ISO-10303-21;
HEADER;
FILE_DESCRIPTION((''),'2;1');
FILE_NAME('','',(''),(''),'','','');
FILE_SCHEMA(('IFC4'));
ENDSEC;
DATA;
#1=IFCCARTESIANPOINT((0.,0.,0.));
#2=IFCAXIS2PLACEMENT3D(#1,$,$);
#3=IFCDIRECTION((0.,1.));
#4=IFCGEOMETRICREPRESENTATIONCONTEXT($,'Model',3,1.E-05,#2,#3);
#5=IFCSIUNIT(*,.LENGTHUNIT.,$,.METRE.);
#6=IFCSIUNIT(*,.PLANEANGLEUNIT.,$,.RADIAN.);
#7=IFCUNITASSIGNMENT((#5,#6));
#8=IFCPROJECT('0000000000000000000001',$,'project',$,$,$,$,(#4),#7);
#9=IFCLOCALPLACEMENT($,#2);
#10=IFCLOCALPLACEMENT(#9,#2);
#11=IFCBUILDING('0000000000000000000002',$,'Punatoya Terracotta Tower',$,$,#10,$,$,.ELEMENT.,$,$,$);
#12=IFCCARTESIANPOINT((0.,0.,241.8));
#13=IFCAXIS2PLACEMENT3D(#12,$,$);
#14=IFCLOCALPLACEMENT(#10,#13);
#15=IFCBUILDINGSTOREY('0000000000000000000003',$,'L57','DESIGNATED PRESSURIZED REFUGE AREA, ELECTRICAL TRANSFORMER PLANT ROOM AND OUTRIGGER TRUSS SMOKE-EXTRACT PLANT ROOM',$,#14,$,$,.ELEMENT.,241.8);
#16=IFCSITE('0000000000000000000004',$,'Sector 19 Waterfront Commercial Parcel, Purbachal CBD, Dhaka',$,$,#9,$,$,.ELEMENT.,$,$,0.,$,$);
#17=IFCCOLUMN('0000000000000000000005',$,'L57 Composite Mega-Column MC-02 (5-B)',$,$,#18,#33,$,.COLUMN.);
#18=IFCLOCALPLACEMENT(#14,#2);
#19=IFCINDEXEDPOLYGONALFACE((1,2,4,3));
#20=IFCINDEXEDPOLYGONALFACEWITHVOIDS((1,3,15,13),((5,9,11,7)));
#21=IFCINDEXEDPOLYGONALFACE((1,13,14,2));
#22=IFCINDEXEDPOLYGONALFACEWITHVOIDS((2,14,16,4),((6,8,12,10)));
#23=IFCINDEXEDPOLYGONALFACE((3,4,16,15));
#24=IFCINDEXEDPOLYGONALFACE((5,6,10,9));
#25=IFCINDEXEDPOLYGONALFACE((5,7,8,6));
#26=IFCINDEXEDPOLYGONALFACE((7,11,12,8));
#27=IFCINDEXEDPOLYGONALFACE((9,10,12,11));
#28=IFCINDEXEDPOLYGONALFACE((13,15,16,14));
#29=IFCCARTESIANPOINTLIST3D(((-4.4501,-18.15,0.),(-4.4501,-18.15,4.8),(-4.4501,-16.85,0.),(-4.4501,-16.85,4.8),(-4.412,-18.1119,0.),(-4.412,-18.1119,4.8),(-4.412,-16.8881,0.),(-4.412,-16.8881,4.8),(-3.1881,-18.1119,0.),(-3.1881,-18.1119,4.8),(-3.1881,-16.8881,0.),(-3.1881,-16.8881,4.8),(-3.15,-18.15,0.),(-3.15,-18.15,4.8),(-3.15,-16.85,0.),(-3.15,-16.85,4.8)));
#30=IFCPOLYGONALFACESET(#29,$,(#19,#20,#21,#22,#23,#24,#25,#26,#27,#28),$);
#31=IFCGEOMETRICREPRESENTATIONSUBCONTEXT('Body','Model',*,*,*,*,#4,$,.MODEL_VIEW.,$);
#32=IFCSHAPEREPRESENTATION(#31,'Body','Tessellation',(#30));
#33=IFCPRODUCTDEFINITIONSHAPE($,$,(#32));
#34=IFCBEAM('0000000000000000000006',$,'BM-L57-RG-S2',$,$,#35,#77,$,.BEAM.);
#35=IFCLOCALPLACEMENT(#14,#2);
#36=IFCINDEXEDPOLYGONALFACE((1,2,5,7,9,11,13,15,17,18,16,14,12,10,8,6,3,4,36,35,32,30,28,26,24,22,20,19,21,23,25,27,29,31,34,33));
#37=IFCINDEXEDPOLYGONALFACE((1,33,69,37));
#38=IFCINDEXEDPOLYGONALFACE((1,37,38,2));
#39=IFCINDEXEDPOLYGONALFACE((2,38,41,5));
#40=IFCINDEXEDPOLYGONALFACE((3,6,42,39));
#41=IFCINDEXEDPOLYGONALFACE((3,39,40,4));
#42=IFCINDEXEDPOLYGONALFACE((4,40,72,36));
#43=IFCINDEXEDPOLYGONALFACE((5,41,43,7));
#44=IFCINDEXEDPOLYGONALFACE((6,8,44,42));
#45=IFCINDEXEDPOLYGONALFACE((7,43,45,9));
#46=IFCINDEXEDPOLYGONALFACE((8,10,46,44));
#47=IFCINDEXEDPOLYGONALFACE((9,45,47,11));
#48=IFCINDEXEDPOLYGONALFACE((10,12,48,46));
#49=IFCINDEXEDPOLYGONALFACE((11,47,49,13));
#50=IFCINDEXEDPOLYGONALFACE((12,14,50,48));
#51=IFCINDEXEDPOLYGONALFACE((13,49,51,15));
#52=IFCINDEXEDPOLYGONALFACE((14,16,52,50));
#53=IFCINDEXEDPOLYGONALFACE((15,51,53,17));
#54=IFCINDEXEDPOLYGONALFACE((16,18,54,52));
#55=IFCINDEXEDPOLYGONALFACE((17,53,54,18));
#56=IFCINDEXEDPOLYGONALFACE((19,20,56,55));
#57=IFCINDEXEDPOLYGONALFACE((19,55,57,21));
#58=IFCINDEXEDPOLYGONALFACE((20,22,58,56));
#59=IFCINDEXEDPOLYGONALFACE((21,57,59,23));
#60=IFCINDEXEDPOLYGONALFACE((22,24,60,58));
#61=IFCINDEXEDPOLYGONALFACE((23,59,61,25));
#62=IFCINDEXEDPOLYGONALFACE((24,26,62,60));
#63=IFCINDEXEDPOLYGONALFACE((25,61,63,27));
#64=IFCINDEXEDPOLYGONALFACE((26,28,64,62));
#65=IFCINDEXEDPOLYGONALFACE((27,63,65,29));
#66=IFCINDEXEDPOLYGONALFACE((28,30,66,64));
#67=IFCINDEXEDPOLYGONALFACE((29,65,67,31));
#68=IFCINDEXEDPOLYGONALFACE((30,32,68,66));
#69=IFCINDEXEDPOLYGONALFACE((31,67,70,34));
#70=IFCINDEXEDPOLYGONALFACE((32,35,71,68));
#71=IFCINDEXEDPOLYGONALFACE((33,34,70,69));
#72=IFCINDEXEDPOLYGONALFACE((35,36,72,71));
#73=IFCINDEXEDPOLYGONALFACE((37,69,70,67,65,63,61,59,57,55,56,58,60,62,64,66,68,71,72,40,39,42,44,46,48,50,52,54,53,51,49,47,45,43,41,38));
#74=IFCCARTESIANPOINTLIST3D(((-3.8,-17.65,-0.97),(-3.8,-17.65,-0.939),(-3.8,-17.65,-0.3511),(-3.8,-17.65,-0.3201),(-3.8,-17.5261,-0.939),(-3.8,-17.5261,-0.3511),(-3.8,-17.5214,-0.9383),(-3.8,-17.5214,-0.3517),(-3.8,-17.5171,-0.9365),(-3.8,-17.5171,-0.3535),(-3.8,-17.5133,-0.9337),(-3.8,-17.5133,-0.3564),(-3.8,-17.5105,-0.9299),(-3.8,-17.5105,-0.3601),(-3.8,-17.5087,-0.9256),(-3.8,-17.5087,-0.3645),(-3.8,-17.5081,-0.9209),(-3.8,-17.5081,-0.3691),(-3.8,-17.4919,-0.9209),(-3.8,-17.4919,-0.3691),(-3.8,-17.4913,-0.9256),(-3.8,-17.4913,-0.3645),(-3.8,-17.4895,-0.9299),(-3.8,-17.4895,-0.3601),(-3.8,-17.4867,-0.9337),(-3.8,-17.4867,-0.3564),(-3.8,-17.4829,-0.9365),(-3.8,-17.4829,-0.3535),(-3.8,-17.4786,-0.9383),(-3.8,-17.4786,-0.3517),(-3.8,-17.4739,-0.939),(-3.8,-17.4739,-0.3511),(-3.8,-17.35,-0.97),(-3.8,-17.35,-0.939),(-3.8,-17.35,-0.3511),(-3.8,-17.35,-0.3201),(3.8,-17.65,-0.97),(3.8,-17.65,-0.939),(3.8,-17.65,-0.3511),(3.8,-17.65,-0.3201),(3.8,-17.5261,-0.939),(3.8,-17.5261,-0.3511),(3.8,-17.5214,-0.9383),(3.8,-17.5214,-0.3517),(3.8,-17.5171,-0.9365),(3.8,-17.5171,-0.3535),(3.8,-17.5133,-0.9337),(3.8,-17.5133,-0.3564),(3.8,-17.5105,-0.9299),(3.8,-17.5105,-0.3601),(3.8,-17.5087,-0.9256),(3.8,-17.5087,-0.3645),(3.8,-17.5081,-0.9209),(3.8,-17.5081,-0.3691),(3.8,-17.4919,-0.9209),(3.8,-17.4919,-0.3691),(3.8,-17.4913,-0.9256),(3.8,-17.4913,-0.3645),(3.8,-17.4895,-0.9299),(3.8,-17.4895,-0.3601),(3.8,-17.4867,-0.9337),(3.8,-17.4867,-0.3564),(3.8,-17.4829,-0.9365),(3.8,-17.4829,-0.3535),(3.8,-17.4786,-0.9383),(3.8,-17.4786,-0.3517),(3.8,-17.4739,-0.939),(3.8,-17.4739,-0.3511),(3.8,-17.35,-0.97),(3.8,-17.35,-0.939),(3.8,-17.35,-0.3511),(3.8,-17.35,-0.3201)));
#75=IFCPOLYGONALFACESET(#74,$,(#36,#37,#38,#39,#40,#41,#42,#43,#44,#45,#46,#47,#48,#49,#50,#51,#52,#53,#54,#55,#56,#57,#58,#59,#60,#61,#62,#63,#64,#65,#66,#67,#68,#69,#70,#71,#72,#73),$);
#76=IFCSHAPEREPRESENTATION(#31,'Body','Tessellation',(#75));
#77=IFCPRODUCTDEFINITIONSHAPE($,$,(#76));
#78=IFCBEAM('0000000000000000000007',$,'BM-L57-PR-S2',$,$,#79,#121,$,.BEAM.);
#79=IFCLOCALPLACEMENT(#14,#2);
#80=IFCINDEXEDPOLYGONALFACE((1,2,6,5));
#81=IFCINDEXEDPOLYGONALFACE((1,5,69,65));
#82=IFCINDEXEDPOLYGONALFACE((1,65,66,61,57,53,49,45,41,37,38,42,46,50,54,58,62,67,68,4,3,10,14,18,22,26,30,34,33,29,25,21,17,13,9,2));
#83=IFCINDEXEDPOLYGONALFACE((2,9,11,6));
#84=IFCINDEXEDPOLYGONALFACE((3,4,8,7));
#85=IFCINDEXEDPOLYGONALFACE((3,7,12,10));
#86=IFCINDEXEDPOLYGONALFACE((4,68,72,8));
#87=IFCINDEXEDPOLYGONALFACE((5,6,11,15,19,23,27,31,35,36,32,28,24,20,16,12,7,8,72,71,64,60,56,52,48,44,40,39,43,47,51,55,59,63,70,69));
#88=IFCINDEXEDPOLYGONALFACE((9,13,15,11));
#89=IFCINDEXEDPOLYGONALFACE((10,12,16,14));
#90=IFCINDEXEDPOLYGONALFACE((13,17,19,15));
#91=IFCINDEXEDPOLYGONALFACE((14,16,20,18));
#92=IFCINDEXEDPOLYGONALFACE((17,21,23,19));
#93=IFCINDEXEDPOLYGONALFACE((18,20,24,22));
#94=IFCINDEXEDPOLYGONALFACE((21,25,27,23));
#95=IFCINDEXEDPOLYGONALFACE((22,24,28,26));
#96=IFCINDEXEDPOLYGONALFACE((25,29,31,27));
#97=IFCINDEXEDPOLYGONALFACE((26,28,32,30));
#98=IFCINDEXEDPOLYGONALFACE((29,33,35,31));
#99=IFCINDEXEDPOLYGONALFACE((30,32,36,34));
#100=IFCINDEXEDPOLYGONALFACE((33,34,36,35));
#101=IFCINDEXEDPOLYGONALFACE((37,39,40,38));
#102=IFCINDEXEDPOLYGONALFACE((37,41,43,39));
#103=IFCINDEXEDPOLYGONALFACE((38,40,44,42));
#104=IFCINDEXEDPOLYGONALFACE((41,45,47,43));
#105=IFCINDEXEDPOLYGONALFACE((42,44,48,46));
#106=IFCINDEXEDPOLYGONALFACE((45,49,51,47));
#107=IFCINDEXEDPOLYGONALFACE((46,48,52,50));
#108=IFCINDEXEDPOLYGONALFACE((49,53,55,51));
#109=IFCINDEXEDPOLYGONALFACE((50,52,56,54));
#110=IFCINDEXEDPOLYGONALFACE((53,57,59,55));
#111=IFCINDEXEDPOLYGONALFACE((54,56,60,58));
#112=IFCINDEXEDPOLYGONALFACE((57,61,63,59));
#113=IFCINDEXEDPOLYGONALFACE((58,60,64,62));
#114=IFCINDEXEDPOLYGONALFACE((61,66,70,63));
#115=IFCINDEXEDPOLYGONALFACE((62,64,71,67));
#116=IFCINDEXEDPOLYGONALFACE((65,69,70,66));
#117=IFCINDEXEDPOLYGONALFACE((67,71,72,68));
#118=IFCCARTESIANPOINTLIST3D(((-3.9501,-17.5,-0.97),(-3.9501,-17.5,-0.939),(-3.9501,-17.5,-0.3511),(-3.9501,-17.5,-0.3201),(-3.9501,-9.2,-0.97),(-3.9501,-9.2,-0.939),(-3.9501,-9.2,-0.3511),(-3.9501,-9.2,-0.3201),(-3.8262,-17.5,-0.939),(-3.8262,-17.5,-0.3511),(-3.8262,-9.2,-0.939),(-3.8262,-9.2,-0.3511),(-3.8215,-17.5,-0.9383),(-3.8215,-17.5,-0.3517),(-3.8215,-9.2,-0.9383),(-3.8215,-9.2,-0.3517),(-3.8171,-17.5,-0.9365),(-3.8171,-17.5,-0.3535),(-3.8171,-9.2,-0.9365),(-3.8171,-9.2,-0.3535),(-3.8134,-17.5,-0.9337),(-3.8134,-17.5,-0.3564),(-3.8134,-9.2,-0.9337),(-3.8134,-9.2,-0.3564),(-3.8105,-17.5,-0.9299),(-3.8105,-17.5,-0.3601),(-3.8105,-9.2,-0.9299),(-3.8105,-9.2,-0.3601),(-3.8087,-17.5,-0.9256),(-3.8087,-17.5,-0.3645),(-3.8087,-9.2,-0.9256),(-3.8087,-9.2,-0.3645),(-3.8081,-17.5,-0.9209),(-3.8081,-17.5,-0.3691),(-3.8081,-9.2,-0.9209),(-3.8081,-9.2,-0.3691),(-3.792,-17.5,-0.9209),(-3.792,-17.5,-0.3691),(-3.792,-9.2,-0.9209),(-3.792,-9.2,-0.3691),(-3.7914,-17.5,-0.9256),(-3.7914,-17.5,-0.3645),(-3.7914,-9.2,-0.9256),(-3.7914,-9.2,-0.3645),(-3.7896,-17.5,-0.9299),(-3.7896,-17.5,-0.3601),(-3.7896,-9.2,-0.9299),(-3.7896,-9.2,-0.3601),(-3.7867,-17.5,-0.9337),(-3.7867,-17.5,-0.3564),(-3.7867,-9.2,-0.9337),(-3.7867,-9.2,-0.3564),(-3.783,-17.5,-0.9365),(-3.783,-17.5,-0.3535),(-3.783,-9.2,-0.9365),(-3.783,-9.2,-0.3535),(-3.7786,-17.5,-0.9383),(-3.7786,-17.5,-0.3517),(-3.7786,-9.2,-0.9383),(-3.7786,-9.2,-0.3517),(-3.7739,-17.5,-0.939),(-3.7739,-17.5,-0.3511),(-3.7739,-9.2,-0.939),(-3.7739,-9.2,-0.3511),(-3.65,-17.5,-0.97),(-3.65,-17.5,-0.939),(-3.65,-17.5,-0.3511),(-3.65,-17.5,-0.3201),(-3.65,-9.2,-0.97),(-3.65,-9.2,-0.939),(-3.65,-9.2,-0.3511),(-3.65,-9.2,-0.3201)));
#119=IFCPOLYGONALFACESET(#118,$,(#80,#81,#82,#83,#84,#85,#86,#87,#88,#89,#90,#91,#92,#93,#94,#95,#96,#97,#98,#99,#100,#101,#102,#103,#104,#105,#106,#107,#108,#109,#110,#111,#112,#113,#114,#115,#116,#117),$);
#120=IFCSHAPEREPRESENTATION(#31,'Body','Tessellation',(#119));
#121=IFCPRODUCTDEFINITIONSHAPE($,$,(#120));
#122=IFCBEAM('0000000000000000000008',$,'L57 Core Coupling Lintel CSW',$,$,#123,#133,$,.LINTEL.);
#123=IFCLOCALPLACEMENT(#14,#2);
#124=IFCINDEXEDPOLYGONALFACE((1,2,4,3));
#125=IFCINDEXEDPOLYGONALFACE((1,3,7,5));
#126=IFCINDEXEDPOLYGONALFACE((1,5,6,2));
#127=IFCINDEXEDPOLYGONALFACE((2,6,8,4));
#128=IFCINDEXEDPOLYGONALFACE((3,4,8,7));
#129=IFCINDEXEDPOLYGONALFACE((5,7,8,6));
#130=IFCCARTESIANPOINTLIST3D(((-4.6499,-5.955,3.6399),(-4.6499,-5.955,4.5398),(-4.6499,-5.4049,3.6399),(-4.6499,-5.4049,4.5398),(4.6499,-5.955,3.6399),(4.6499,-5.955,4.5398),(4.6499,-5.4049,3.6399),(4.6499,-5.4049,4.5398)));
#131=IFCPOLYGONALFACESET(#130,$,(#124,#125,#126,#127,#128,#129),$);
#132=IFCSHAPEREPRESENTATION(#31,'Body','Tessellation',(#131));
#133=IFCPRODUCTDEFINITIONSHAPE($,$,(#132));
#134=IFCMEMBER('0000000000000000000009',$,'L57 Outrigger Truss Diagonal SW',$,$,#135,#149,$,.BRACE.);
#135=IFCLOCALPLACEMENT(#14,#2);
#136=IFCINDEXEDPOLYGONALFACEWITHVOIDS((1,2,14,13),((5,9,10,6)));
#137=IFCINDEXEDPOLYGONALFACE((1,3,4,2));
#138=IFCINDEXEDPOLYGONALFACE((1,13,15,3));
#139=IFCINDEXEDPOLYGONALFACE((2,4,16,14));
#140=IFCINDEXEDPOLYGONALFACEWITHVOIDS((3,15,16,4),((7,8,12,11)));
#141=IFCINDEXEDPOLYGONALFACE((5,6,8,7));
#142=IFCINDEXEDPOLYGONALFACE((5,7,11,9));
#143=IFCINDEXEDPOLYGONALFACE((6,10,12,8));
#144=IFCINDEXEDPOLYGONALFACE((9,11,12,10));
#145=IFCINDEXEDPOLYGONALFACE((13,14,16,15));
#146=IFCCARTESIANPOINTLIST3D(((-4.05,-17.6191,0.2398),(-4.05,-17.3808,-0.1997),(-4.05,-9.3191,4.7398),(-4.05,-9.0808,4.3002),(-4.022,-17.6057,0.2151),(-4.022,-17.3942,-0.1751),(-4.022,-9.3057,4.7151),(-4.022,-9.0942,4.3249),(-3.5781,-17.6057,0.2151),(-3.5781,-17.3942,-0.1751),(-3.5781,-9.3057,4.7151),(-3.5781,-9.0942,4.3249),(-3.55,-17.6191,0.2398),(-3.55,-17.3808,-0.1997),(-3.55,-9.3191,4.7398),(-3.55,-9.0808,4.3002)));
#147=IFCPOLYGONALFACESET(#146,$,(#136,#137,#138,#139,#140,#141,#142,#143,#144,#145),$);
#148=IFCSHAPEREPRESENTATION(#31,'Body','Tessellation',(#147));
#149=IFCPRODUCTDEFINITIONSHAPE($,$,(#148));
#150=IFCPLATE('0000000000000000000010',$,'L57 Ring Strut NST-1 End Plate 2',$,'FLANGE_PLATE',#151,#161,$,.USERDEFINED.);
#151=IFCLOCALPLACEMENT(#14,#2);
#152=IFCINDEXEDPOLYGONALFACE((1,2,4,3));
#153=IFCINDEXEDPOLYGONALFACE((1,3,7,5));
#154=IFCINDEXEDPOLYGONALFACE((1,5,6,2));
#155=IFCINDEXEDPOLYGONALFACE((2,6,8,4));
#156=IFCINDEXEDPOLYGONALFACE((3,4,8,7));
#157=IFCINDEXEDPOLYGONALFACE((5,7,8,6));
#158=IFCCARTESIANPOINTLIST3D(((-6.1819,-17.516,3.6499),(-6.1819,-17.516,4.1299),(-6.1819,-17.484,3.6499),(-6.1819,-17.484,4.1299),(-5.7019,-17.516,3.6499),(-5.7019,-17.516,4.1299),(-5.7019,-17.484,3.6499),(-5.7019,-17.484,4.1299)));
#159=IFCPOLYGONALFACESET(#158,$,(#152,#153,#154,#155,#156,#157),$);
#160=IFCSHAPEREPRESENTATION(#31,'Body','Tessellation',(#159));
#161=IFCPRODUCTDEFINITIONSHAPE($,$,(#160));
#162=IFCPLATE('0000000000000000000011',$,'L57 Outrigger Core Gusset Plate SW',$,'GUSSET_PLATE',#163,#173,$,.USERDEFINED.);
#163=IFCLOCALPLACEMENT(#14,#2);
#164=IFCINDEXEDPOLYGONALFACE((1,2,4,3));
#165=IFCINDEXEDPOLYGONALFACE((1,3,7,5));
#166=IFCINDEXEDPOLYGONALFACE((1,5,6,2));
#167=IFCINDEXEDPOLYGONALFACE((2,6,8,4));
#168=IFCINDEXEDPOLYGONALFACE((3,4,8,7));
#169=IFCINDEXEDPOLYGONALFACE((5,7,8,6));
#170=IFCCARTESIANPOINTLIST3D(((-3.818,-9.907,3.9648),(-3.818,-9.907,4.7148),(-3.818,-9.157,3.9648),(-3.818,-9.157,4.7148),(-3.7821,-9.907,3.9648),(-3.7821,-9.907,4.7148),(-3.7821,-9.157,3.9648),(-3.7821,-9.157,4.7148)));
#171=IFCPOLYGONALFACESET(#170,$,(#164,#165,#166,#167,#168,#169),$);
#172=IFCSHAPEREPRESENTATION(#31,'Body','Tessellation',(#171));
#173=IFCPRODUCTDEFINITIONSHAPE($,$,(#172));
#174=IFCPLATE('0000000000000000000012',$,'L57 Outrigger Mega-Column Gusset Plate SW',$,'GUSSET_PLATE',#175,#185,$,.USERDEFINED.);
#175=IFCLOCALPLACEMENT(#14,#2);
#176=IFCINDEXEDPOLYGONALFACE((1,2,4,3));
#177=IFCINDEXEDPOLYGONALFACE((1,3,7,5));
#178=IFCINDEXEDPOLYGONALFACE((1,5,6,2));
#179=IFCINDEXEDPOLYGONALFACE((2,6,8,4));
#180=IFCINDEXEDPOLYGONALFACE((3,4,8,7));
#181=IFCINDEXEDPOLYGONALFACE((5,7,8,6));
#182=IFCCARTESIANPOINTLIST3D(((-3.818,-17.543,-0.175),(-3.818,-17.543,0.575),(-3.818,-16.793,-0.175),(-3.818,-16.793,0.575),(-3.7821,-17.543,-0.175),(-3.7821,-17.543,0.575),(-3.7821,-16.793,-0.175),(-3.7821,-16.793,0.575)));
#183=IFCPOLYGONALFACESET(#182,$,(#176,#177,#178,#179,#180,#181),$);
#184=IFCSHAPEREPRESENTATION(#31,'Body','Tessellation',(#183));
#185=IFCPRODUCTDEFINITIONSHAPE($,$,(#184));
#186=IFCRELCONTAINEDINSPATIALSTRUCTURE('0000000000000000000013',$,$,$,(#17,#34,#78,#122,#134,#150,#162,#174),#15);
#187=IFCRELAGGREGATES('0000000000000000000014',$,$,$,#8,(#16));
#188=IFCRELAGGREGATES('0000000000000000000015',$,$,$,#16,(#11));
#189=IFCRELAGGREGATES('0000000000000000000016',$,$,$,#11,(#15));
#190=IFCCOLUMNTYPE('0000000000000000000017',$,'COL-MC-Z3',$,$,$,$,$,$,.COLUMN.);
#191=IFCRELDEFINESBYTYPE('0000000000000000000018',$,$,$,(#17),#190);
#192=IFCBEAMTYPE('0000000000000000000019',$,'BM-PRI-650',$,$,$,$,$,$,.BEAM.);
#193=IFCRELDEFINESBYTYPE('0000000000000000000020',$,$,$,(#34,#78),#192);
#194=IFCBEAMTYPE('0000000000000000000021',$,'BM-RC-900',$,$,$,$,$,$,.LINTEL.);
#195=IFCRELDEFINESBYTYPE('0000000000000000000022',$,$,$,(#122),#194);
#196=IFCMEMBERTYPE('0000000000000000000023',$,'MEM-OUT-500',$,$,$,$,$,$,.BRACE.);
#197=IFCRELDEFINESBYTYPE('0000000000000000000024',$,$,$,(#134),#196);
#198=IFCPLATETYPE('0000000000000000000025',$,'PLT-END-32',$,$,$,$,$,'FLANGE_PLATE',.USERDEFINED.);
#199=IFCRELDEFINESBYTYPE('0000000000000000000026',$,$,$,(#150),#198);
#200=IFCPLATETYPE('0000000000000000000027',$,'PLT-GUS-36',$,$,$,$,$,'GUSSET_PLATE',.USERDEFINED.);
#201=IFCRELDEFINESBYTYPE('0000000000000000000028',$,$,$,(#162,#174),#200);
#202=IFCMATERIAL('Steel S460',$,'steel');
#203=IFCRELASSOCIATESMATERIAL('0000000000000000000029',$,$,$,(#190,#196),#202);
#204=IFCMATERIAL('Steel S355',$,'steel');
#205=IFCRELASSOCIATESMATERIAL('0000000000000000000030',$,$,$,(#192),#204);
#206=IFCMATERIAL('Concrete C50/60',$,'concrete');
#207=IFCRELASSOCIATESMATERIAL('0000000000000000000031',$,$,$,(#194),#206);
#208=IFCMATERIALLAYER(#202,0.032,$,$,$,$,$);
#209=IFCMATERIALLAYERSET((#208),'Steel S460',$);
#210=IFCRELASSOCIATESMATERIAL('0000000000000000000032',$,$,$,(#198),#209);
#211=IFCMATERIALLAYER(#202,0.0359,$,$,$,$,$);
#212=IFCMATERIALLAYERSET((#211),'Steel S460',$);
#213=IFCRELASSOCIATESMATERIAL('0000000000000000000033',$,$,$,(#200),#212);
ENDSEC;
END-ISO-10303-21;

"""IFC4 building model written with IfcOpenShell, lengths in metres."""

from ifc_helpers import new_model, si_unit, direction, frame, origin, origin_2d, place, context, subcontext, project, spatial, rectangle, hollow_rectangle, i_section, extrude, material, layer, layer_set, material_profile, profile_set, type_object, element, save


model = new_model("IFC4")

# Units and contexts
model_context = context("Model", 3, precision=1e-05, world=origin(), true_north=direction((0.0, 1.0)))
body_context = subcontext(model_context, "Body", "Model", "MODEL_VIEW")
ifc_project = project(units=[si_unit("LENGTHUNIT", "METRE"), si_unit("PLANEANGLEUNIT", "RADIAN")], contexts=[model_context])

# Site, building, storey
site_placement = place(None, origin())
site = spatial("IfcSite", under=ifc_project, at=site_placement, Name="Sector 19 Waterfront Commercial Parcel, Purbachal CBD, Dhaka", CompositionType="ELEMENT", RefElevation=0.0)
building_placement = place(site_placement, origin())
building = spatial("IfcBuilding", under=site, at=building_placement, Name="Punatoya Terracotta Tower", CompositionType="ELEMENT")
storey_placement = place(building_placement, frame((0.0, 0.0, 241.8)))
storey = spatial("IfcBuildingStorey", under=building, at=storey_placement, Name="L57", Description="DESIGNATED PRESSURIZED REFUGE AREA, ELECTRICAL TRANSFORMER PLANT ROOM AND OUTRIGGER TRUSS SMOKE-EXTRACT PLANT ROOM", CompositionType="ELEMENT", Elevation=241.8)

# Column
ifc_material_1 = material(Name="Steel S460", Category="steel")
ifc_material_profile_1 = material_profile(ifc_material_1, hollow_rectangle(XDim=1.3, YDim=1.3, WallThickness=0.0381, at=origin_2d()))
ifc_profile_set_1 = profile_set([ifc_material_profile_1], Name="Steel S460")
column_type = type_object("IfcColumnType", Name="COL-MC-Z3", PredefinedType="COLUMN", material=ifc_profile_set_1)
column_placement = place(storey_placement, frame((-3.8, -17.5, 0.0), z_axis=(0.0, 0.0, 1.0), x_axis=(1.0, 0.0, 0.0)))
element("IfcColumn", 1, at=column_placement, inside=storey, type_object=column_type, Name="L57 Composite Mega-Column MC-02 (5-B)", PredefinedType="COLUMN", context=body_context, shape_type="SweptSolid", body=[
    extrude(hollow_rectangle(XDim=1.3, YDim=1.3, WallThickness=0.0381, at=origin_2d()), origin(), (0.0, 0.0, 1.0), 4.8),
])

# Beams
ifc_material_2 = material(Name="Steel S355", Category="steel")
ifc_material_profile_2 = material_profile(ifc_material_2, i_section(OverallWidth=0.3, OverallDepth=0.6499, WebThickness=0.0161, FlangeThickness=0.031, FilletRadius=0.0181, at=origin_2d()))
ifc_profile_set_2 = profile_set([ifc_material_profile_2], Name="Steel S355")
beam_type_1 = type_object("IfcBeamType", Name="BM-PRI-650", PredefinedType="BEAM", material=ifc_profile_set_2)
beam_1_placement = place(storey_placement, frame((-3.8, -17.5, -0.645), z_axis=(1.0, 0.0, 0.0), x_axis=(0.0, 1.0, 0.0)))
element("IfcBeam", 2, at=beam_1_placement, inside=storey, type_object=beam_type_1, Name="BM-L57-RG-S2", PredefinedType="BEAM", context=body_context, shape_type="SweptSolid", body=[
    extrude(i_section(OverallWidth=0.3, OverallDepth=0.6499, WebThickness=0.0161, FlangeThickness=0.031, FilletRadius=0.0181, at=origin_2d()), origin(), (0.0, 0.0, 1.0), 7.6001),
])
beam_2_placement = place(storey_placement, frame((-3.8, -17.5, -0.645), z_axis=(0.0, 1.0, 0.0), x_axis=(-1.0, 0.0, 0.0)))
element("IfcBeam", 3, at=beam_2_placement, inside=storey, type_object=beam_type_1, Name="BM-L57-PR-S2", PredefinedType="BEAM", context=body_context, shape_type="SweptSolid", body=[
    extrude(i_section(OverallWidth=0.3, OverallDepth=0.6499, WebThickness=0.0161, FlangeThickness=0.031, FilletRadius=0.0181, at=origin_2d()), origin(), (0.0, 0.0, 1.0), 8.3),
])
ifc_material_3 = material(Name="Concrete C50/60", Category="concrete")
ifc_material_profile_3 = material_profile(ifc_material_3, rectangle(XDim=0.55, YDim=0.8999, at=origin_2d()))
ifc_profile_set_3 = profile_set([ifc_material_profile_3], Name="Concrete C50/60")
beam_type_2 = type_object("IfcBeamType", Name="BM-RC-900", PredefinedType="LINTEL", material=ifc_profile_set_3)
beam_3_placement = place(storey_placement, frame((-4.6499, -5.6799, 4.0898), z_axis=(1.0, 0.0, 0.0), x_axis=(0.0, 1.0, 0.0)))
element("IfcBeam", 4, at=beam_3_placement, inside=storey, type_object=beam_type_2, Name="L57 Core Coupling Lintel CSW", PredefinedType="LINTEL", context=body_context, shape_type="SweptSolid", body=[
    extrude(rectangle(XDim=0.55, YDim=0.8999, at=origin_2d()), origin(), (0.0, 0.0, 1.0), 9.2998),
])

# Member
ifc_material_profile_4 = material_profile(ifc_material_1, hollow_rectangle(XDim=0.5, YDim=0.5, WallThickness=0.0281, at=origin_2d()))
ifc_profile_set_4 = profile_set([ifc_material_profile_4], Name="Steel S460")
member_type = type_object("IfcMemberType", Name="MEM-OUT-500", PredefinedType="BRACE", material=ifc_profile_set_4)
member_placement = place(storey_placement, frame((-3.8, -9.2, 4.52), z_axis=(0.0, -0.879108, -0.476622), x_axis=(1.0, 0.0, 0.0)))
element("IfcMember", 5, at=member_placement, inside=storey, type_object=member_type, Name="L57 Outrigger Truss Diagonal SW", PredefinedType="BRACE", context=body_context, shape_type="SweptSolid", body=[
    extrude(hollow_rectangle(XDim=0.5, YDim=0.5, WallThickness=0.0281, at=origin_2d()), origin(), (0.0, 0.0, 1.0), 9.4414),
])

# Plates
ifc_layer_1 = layer(ifc_material_1, 0.032)
ifc_layer_set_1 = layer_set([ifc_layer_1], Name="Steel S460")
plate_type_1 = type_object("IfcPlateType", Name="PLT-END-32", ElementType="FLANGE_PLATE", PredefinedType="USERDEFINED", material=ifc_layer_set_1)
plate_placement = place(storey_placement, frame((-5.9419, -17.5, 3.6499), z_axis=(0.0, 0.0, 1.0), x_axis=(1.0, 0.0, 0.0)))
element("IfcPlate", 6, at=plate_placement, inside=storey, type_object=plate_type_1, Name="L57 Ring Strut NST-1 End Plate 2", ObjectType="FLANGE_PLATE", PredefinedType="USERDEFINED", context=body_context, shape_type="SweptSolid", body=[
    extrude(rectangle(XDim=0.48, YDim=0.032, at=origin_2d()), origin(), (0.0, 0.0, 1.0), 0.48),
])
ifc_layer_2 = layer(ifc_material_1, 0.0359)
ifc_layer_set_2 = layer_set([ifc_layer_2], Name="Steel S460")
plate_type_2 = type_object("IfcPlateType", Name="PLT-GUS-36", ElementType="GUSSET_PLATE", PredefinedType="USERDEFINED", material=ifc_layer_set_2)
for number, where, z_axis, x_axis, name in (
    (7, (-3.8, -9.532, 3.9648), (0.0, 0.0, 1.0), (0.0, 1.0, 0.0), "L57 Outrigger Core Gusset Plate SW"),
    (8, (-3.8, -17.168, -0.175), (0.0, 0.0, 1.0), (0.0, 1.0, 0.0), "L57 Outrigger Mega-Column Gusset Plate SW"),
):
    element("IfcPlate", number, at=place(storey_placement, frame(where, z_axis=z_axis, x_axis=x_axis)), inside=storey, type_object=plate_type_2, Name=name, ObjectType="GUSSET_PLATE", PredefinedType="USERDEFINED", context=body_context, shape_type="SweptSolid", body=[
        extrude(rectangle(XDim=0.75, YDim=0.0359, at=origin_2d()), origin(), (0.0, 0.0, 1.0), 0.75),
    ])

save(model, "model.ifc")
